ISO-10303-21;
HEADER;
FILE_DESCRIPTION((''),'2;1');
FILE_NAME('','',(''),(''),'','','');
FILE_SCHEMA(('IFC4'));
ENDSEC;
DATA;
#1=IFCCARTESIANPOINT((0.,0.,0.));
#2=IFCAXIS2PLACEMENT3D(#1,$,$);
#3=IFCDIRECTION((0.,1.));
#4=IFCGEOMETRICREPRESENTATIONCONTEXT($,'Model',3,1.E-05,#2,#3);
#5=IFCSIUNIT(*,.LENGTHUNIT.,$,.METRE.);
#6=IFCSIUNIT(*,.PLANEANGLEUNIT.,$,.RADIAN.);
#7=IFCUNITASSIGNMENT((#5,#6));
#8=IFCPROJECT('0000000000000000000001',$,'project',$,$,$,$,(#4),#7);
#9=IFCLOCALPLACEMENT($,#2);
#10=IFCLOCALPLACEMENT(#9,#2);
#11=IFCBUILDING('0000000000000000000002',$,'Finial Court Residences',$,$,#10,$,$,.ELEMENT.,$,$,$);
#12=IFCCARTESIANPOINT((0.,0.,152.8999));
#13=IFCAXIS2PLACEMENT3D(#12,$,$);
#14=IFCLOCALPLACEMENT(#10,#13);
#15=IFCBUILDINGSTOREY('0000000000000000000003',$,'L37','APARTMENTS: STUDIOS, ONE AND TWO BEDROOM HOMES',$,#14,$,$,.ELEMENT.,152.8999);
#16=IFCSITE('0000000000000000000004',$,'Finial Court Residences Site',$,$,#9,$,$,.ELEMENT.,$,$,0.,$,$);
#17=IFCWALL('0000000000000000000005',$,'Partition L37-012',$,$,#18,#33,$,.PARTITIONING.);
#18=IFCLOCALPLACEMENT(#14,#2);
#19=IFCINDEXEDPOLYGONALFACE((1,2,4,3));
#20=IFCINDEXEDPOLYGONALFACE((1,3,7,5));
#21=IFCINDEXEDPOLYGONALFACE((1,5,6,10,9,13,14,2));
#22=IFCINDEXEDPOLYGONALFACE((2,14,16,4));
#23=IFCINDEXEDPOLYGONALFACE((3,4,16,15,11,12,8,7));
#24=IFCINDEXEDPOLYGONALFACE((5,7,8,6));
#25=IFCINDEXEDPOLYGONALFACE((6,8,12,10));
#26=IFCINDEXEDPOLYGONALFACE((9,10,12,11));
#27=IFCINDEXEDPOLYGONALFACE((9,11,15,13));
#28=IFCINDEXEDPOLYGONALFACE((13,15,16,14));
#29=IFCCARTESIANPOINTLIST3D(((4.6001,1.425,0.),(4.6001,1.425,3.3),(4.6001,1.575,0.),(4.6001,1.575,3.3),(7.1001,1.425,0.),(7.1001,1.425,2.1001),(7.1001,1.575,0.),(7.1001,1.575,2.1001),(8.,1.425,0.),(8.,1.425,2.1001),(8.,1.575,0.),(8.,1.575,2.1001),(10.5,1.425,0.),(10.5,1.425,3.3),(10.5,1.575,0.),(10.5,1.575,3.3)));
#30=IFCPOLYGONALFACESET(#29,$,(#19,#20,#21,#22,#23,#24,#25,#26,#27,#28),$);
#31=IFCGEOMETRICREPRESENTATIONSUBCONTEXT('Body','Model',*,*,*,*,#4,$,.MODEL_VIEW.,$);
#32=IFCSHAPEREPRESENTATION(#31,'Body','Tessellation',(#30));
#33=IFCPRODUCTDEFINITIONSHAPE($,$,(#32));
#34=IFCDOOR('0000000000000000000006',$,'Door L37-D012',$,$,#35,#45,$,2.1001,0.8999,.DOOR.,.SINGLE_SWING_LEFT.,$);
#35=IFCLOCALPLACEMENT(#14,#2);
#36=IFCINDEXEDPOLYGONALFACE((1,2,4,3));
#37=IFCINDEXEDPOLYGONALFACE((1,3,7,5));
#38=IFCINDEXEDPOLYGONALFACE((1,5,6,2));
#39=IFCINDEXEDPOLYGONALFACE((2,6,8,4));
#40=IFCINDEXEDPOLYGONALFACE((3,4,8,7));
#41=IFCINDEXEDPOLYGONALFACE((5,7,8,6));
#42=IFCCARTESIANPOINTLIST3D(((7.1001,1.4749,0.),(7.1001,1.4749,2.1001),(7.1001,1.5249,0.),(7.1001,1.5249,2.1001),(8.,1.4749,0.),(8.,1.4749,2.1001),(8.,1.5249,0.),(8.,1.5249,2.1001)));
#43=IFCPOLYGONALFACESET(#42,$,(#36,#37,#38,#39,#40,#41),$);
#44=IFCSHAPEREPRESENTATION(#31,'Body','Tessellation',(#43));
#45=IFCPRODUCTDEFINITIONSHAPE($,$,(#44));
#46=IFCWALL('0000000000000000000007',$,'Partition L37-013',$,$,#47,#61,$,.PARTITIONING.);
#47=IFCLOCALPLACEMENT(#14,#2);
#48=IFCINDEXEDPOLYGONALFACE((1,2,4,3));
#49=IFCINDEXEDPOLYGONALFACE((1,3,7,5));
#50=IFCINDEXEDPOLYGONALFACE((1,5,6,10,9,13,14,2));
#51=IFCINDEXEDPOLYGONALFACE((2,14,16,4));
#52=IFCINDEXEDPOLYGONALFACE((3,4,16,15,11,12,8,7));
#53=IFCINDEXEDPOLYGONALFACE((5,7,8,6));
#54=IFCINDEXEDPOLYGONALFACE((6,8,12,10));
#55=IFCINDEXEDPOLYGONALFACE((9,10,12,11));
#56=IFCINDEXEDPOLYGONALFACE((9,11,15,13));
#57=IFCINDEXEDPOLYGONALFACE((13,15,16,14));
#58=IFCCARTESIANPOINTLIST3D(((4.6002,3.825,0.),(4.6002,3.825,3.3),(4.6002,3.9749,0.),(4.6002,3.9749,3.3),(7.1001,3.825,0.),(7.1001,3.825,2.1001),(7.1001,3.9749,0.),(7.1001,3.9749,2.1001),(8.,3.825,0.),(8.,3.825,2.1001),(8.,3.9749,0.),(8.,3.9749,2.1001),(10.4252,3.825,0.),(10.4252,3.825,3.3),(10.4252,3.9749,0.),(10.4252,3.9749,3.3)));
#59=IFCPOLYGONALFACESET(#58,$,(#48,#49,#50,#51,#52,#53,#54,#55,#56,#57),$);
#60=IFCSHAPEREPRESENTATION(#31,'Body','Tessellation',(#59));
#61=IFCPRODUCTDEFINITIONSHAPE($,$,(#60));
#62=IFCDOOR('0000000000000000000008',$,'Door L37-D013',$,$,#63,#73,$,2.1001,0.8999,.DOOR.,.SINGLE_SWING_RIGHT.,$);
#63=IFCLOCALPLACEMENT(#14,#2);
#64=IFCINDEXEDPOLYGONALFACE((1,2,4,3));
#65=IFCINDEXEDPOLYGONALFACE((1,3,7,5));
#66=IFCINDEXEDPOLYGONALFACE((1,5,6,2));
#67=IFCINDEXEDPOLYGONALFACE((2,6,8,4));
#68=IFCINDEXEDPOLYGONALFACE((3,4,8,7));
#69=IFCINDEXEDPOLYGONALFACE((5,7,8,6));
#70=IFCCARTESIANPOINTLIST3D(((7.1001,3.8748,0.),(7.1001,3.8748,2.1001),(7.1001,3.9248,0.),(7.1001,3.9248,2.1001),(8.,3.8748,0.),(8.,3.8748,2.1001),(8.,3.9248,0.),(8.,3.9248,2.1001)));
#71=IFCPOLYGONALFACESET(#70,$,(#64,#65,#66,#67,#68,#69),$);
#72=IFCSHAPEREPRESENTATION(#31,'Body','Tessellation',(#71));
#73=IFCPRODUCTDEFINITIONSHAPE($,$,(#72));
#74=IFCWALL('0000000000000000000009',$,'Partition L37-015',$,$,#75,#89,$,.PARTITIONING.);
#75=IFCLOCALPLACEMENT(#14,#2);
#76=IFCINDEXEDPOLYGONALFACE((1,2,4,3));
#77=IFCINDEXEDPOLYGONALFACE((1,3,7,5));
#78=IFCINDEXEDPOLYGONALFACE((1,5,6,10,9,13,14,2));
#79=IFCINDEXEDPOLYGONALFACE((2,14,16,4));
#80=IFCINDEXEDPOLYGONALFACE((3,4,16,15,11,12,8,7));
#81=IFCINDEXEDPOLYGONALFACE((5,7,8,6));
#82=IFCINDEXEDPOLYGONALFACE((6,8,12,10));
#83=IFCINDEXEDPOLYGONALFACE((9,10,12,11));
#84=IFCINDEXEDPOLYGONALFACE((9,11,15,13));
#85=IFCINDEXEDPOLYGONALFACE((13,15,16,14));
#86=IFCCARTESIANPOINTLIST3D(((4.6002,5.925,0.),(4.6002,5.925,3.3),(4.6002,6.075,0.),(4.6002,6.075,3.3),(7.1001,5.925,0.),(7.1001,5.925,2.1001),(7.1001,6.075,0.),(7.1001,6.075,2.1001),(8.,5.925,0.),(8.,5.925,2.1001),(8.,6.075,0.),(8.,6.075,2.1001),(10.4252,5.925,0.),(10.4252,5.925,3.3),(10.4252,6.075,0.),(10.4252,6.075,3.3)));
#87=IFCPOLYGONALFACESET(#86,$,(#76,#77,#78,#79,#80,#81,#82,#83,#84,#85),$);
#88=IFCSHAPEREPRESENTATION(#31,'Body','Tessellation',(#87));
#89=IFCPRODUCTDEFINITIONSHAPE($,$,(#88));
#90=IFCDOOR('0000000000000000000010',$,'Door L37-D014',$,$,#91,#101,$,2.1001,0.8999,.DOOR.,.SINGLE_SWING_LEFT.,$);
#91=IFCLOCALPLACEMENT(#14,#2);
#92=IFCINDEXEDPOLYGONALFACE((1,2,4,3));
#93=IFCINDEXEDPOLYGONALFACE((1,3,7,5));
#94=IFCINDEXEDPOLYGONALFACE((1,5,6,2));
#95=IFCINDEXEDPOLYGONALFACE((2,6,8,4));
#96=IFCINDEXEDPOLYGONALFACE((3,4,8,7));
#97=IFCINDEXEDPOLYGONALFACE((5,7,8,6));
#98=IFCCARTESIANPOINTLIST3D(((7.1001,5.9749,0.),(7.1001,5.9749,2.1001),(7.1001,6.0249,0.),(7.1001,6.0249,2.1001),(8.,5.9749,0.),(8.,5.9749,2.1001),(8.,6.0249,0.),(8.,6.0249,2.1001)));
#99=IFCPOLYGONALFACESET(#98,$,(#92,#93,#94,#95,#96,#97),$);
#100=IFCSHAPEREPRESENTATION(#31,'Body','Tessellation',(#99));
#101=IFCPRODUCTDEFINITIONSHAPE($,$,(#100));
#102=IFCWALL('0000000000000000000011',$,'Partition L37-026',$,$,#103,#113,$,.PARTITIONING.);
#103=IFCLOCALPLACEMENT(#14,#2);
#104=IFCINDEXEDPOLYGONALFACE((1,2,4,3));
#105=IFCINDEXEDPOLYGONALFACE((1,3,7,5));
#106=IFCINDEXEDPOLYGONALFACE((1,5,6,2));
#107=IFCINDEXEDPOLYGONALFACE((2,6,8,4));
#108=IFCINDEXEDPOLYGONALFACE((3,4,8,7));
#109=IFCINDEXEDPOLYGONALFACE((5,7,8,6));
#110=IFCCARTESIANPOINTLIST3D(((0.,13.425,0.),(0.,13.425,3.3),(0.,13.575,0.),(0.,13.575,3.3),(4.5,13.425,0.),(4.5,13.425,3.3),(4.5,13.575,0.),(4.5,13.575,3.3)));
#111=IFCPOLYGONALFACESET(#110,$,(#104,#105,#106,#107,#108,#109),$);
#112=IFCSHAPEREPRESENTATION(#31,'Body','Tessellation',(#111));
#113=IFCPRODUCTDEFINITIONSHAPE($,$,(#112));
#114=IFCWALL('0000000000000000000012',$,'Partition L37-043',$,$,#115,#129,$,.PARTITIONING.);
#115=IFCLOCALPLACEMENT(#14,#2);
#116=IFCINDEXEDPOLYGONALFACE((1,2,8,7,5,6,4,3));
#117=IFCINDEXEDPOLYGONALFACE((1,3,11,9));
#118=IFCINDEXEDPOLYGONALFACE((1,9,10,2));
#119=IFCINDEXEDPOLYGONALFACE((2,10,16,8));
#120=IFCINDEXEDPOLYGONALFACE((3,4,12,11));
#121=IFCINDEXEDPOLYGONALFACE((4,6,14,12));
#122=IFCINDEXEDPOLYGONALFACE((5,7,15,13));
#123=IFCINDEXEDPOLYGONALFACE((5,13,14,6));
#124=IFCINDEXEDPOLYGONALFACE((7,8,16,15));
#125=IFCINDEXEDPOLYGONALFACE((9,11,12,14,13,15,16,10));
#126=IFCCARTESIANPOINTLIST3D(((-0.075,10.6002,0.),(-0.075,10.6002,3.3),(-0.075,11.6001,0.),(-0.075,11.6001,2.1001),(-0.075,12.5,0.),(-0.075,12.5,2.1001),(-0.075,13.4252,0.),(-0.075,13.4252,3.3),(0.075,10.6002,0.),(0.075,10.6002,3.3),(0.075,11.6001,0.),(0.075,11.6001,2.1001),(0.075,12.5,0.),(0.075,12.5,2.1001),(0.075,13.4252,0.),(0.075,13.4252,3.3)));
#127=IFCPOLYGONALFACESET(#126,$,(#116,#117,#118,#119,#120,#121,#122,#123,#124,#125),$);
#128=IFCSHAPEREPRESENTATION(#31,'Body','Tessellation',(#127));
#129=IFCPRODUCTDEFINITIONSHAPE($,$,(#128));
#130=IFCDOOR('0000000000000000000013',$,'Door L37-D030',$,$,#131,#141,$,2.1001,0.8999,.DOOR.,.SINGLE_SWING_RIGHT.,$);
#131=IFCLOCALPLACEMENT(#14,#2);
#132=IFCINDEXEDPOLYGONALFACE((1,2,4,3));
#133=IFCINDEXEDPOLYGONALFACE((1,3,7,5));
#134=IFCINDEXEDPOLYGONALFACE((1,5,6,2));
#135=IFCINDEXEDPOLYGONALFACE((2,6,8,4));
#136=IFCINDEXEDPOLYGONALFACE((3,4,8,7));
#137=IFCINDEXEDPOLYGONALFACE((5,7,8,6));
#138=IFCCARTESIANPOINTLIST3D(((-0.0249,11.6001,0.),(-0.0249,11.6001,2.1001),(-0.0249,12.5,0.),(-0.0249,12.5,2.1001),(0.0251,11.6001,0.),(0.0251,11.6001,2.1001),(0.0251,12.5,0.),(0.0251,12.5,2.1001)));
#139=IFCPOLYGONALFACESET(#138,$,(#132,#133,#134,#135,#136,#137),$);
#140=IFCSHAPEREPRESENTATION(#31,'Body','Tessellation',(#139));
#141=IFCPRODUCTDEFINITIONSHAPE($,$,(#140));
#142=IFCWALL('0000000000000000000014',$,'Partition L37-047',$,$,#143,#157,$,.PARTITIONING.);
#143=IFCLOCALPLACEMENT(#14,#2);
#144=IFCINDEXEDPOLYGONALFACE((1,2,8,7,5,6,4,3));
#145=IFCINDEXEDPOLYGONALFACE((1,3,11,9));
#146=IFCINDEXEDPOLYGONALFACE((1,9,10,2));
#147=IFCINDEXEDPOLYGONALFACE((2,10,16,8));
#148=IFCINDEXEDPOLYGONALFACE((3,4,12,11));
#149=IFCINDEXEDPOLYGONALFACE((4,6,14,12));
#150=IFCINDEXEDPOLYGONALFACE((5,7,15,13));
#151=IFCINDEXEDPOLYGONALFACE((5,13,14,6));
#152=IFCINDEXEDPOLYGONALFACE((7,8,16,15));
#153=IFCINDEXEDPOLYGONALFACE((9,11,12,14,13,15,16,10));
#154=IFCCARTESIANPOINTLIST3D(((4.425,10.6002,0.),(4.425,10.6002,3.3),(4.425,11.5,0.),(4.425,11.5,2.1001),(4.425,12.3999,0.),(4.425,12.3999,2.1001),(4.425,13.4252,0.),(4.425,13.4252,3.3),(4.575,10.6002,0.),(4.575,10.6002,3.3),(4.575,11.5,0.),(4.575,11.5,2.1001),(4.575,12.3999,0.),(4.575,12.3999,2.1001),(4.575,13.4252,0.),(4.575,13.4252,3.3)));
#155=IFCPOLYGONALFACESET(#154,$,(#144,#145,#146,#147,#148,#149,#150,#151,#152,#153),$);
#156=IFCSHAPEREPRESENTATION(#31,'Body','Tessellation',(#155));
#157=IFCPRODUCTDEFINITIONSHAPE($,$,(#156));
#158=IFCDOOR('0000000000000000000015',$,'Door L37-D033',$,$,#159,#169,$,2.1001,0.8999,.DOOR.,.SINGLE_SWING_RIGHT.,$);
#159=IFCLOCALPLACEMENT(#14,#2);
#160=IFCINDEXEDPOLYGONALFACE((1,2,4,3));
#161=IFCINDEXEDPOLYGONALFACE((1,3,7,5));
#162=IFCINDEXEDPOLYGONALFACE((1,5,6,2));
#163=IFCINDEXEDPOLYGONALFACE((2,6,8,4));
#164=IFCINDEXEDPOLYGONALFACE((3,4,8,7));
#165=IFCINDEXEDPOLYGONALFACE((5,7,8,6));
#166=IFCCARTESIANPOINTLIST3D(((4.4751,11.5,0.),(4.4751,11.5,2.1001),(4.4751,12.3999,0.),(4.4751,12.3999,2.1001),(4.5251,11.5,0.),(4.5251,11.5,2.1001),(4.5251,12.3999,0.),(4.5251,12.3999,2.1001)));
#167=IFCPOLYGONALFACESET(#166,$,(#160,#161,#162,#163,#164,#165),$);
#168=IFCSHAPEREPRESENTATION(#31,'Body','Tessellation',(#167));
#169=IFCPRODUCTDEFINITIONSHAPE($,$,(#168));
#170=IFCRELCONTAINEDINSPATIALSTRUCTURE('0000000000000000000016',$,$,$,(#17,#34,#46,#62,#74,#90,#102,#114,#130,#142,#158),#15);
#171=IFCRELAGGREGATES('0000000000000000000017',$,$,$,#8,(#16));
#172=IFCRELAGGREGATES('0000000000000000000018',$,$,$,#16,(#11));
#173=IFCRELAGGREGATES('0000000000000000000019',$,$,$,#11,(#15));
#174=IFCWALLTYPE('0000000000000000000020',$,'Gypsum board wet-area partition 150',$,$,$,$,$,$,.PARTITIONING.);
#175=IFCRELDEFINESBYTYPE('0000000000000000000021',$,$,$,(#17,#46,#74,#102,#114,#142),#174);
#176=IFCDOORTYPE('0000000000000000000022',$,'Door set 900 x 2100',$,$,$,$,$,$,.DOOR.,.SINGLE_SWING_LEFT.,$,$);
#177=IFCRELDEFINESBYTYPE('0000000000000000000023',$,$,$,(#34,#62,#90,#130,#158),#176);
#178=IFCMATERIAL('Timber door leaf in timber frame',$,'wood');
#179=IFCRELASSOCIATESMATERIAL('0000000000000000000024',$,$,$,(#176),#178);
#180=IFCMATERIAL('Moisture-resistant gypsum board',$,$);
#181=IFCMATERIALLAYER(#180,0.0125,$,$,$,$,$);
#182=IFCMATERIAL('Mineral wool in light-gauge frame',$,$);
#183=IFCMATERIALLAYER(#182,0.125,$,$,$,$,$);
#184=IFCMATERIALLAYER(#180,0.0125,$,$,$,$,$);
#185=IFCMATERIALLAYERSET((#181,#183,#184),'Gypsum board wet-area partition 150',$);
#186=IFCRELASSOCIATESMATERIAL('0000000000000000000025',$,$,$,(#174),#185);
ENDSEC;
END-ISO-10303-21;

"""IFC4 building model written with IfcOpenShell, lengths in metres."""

from ifc_helpers import new_model, si_unit, direction, frame, frame_2d, origin, place, context, subcontext, project, spatial, rectangle, extrude, material, layer, layer_set, type_object, element, fill, save


model = new_model("IFC4")

# Units and contexts
model_context = context("Model", 3, precision=1e-05, world=origin(), true_north=direction((0.0, 1.0)))
body_context = subcontext(model_context, "Body", "Model", "MODEL_VIEW")
ifc_project = project(units=[si_unit("LENGTHUNIT", "METRE"), si_unit("PLANEANGLEUNIT", "RADIAN")], contexts=[model_context])

# Site, building, storey
site_placement = place(None, origin())
site = spatial("IfcSite", under=ifc_project, at=site_placement, Name="Finial Court Residences Site", CompositionType="ELEMENT", RefElevation=0.0)
building_placement = place(site_placement, origin())
building = spatial("IfcBuilding", under=site, at=building_placement, Name="Finial Court Residences", CompositionType="ELEMENT")
storey_placement = place(building_placement, frame((0.0, 0.0, 152.8999)))
storey = spatial("IfcBuildingStorey", under=building, at=storey_placement, Name="L37", Description="APARTMENTS: STUDIOS, ONE AND TWO BEDROOM HOMES", CompositionType="ELEMENT", Elevation=152.8999)

# Walls, openings, doors
ifc_material_1 = material(Name="Mineral wool in light-gauge frame")
ifc_material_2 = material(Name="Timber door leaf in timber frame", Category="wood")
door_type = type_object("IfcDoorType", Name="Door set 900 x 2100", OperationType="SINGLE_SWING_LEFT", PredefinedType="DOOR", material=ifc_material_2)
ifc_material_3 = material(Name="Moisture-resistant gypsum board")
ifc_layer_1 = layer(ifc_material_3, 0.0125)
ifc_layer_2 = layer(ifc_material_1, 0.125)
ifc_layer_3 = layer(ifc_material_3, 0.0125)
ifc_layer_set_1 = layer_set([ifc_layer_1, ifc_layer_2, ifc_layer_3], Name="Gypsum board wet-area partition 150")
wall_type_1 = type_object("IfcWallType", Name="Gypsum board wet-area partition 150", PredefinedType="PARTITIONING", material=ifc_layer_set_1)
wall_1_placement = place(storey_placement, frame((4.6001, 1.5, 0.0), z_axis=(0.0, 0.0, 1.0), x_axis=(1.0, 0.0, 0.0)))
wall_1 = element("IfcWall", 1, at=wall_1_placement, inside=storey, type_object=wall_type_1, Name="Partition L37-012", PredefinedType="PARTITIONING", context=body_context, shape_type="SweptSolid", body=[
    extrude(rectangle(XDim=5.8999, YDim=0.1499, at=frame_2d((2.95, 0.0))), origin(), (0.0, 0.0, 1.0), 3.3),
])
opening_1_placement = place(wall_1_placement, frame((2.5, 0.0, 0.0)))
opening_1 = element("IfcOpeningElement", 2, at=opening_1_placement, cuts=wall_1, PredefinedType="OPENING", context=body_context, shape_type="SweptSolid", body=[
    extrude(rectangle(XDim=0.8999, YDim=2.1001, at=frame_2d((0.45, 1.05))), frame((0.0, 0.085, 0.0), z_axis=(0.0, -1.0, 0.0), x_axis=(1.0, 0.0, 0.0)), (0.0, 0.0, 1.0), 0.1699),
])
door_1_placement = place(opening_1_placement, origin())
door_1 = element("IfcDoor", 3, at=door_1_placement, inside=storey, type_object=door_type, Name="Door L37-D012", OperationType="SINGLE_SWING_LEFT", OverallHeight=2.1001, OverallWidth=0.8999, PredefinedType="DOOR", context=body_context, shape_type="SweptSolid", body=[
    extrude(rectangle(XDim=0.8999, YDim=2.1001, at=frame_2d((0.45, 1.05))), frame((0.0, 0.0249, 0.0), z_axis=(0.0, -1.0, 0.0), x_axis=(1.0, 0.0, 0.0)), (0.0, 0.0, 1.0), 0.05),
])
fill(opening_1, door_1)
wall_2_placement = place(storey_placement, frame((4.6001, 3.8999, 0.0), z_axis=(0.0, 0.0, 1.0), x_axis=(1.0, 0.0, 0.0)))
wall_2 = element("IfcWall", 4, at=wall_2_placement, inside=storey, type_object=wall_type_1, Name="Partition L37-013", PredefinedType="PARTITIONING", context=body_context, shape_type="SweptSolid", body=[
    extrude(rectangle(XDim=5.825, YDim=0.1499, at=frame_2d((2.9126, 0.0))), origin(), (0.0, 0.0, 1.0), 3.3),
])
opening_2_placement = place(wall_2_placement, frame((2.5, 0.0, 0.0)))
opening_2 = element("IfcOpeningElement", 5, at=opening_2_placement, cuts=wall_2, PredefinedType="OPENING", context=body_context, shape_type="SweptSolid", body=[
    extrude(rectangle(XDim=0.8999, YDim=2.1001, at=frame_2d((0.45, 1.05))), frame((0.0, 0.085, 0.0), z_axis=(0.0, -1.0, 0.0), x_axis=(1.0, 0.0, 0.0)), (0.0, 0.0, 1.0), 0.1699),
])
door_2_placement = place(opening_2_placement, origin())
door_2 = element("IfcDoor", 6, at=door_2_placement, inside=storey, type_object=door_type, Name="Door L37-D013", OperationType="SINGLE_SWING_RIGHT", OverallHeight=2.1001, OverallWidth=0.8999, PredefinedType="DOOR", context=body_context, shape_type="SweptSolid", body=[
    extrude(rectangle(XDim=0.8999, YDim=2.1001, at=frame_2d((0.45, 1.05))), frame((0.0, 0.0249, 0.0), z_axis=(0.0, -1.0, 0.0), x_axis=(1.0, 0.0, 0.0)), (0.0, 0.0, 1.0), 0.05),
])
fill(opening_2, door_2)
wall_3_placement = place(storey_placement, frame((4.6001, 6.0, 0.0), z_axis=(0.0, 0.0, 1.0), x_axis=(1.0, 0.0, 0.0)))
wall_3 = element("IfcWall", 7, at=wall_3_placement, inside=storey, type_object=wall_type_1, Name="Partition L37-015", PredefinedType="PARTITIONING", context=body_context, shape_type="SweptSolid", body=[
    extrude(rectangle(XDim=5.825, YDim=0.1499, at=frame_2d((2.9126, 0.0))), origin(), (0.0, 0.0, 1.0), 3.3),
])
opening_3_placement = place(wall_3_placement, frame((2.5, 0.0, 0.0)))
opening_3 = element("IfcOpeningElement", 8, at=opening_3_placement, cuts=wall_3, PredefinedType="OPENING", context=body_context, shape_type="SweptSolid", body=[
    extrude(rectangle(XDim=0.8999, YDim=2.1001, at=frame_2d((0.45, 1.05))), frame((0.0, 0.085, 0.0), z_axis=(0.0, -1.0, 0.0), x_axis=(1.0, 0.0, 0.0)), (0.0, 0.0, 1.0), 0.1699),
])
door_3_placement = place(opening_3_placement, origin())
door_3 = element("IfcDoor", 9, at=door_3_placement, inside=storey, type_object=door_type, Name="Door L37-D014", OperationType="SINGLE_SWING_LEFT", OverallHeight=2.1001, OverallWidth=0.8999, PredefinedType="DOOR", context=body_context, shape_type="SweptSolid", body=[
    extrude(rectangle(XDim=0.8999, YDim=2.1001, at=frame_2d((0.45, 1.05))), frame((0.0, 0.0249, 0.0), z_axis=(0.0, -1.0, 0.0), x_axis=(1.0, 0.0, 0.0)), (0.0, 0.0, 1.0), 0.05),
])
fill(opening_3, door_3)

# Wall
wall_4_placement = place(storey_placement, frame((0.0, 13.5, 0.0), z_axis=(0.0, 0.0, 1.0), x_axis=(1.0, 0.0, 0.0)))
element("IfcWall", 10, at=wall_4_placement, inside=storey, type_object=wall_type_1, Name="Partition L37-026", PredefinedType="PARTITIONING", context=body_context, shape_type="SweptSolid", body=[
    extrude(rectangle(XDim=4.5, YDim=0.1499, at=frame_2d((2.25, 0.0))), origin(), (0.0, 0.0, 1.0), 3.3),
])

# Walls, openings, doors
wall_5_placement = place(storey_placement, frame((0.0, 10.6001, 0.0), z_axis=(0.0, 0.0, 1.0), x_axis=(0.0, 1.0, 0.0)))
wall_5 = element("IfcWall", 11, at=wall_5_placement, inside=storey, type_object=wall_type_1, Name="Partition L37-043", PredefinedType="PARTITIONING", context=body_context, shape_type="SweptSolid", body=[
    extrude(rectangle(XDim=2.825, YDim=0.1499, at=frame_2d((1.4126, 0.0))), origin(), (0.0, 0.0, 1.0), 3.3),
])
opening_4_placement = place(wall_5_placement, frame((1.0, 0.0, 0.0)))
opening_4 = element("IfcOpeningElement", 12, at=opening_4_placement, cuts=wall_5, PredefinedType="OPENING", context=body_context, shape_type="SweptSolid", body=[
    extrude(rectangle(XDim=0.8999, YDim=2.1001, at=frame_2d((0.45, 1.05))), frame((0.0, 0.085, 0.0), z_axis=(0.0, -1.0, 0.0), x_axis=(1.0, 0.0, 0.0)), (0.0, 0.0, 1.0), 0.1699),
])
door_4_placement = place(opening_4_placement, origin())
door_4 = element("IfcDoor", 13, at=door_4_placement, inside=storey, type_object=door_type, Name="Door L37-D030", OperationType="SINGLE_SWING_RIGHT", OverallHeight=2.1001, OverallWidth=0.8999, PredefinedType="DOOR", context=body_context, shape_type="SweptSolid", body=[
    extrude(rectangle(XDim=0.8999, YDim=2.1001, at=frame_2d((0.45, 1.05))), frame((0.0, 0.0249, 0.0), z_axis=(0.0, -1.0, 0.0), x_axis=(1.0, 0.0, 0.0)), (0.0, 0.0, 1.0), 0.05),
])
fill(opening_4, door_4)
wall_6_placement = place(storey_placement, frame((4.5, 10.6001, 0.0), z_axis=(0.0, 0.0, 1.0), x_axis=(0.0, 1.0, 0.0)))
wall_6 = element("IfcWall", 14, at=wall_6_placement, inside=storey, type_object=wall_type_1, Name="Partition L37-047", PredefinedType="PARTITIONING", context=body_context, shape_type="SweptSolid", body=[
    extrude(rectangle(XDim=2.825, YDim=0.1499, at=frame_2d((1.4126, 0.0))), origin(), (0.0, 0.0, 1.0), 3.3),
])
opening_5_placement = place(wall_6_placement, frame((0.8999, 0.0, 0.0)))
opening_5 = element("IfcOpeningElement", 15, at=opening_5_placement, cuts=wall_6, PredefinedType="OPENING", context=body_context, shape_type="SweptSolid", body=[
    extrude(rectangle(XDim=0.8999, YDim=2.1001, at=frame_2d((0.45, 1.05))), frame((0.0, 0.085, 0.0), z_axis=(0.0, -1.0, 0.0), x_axis=(1.0, 0.0, 0.0)), (0.0, 0.0, 1.0), 0.1699),
])
door_5_placement = place(opening_5_placement, origin())
door_5 = element("IfcDoor", 16, at=door_5_placement, inside=storey, type_object=door_type, Name="Door L37-D033", OperationType="SINGLE_SWING_RIGHT", OverallHeight=2.1001, OverallWidth=0.8999, PredefinedType="DOOR", context=body_context, shape_type="SweptSolid", body=[
    extrude(rectangle(XDim=0.8999, YDim=2.1001, at=frame_2d((0.45, 1.05))), frame((0.0, 0.0249, 0.0), z_axis=(0.0, -1.0, 0.0), x_axis=(1.0, 0.0, 0.0)), (0.0, 0.0, 1.0), 0.05),
])
fill(opening_5, door_5)

save(model, "model.ifc")
